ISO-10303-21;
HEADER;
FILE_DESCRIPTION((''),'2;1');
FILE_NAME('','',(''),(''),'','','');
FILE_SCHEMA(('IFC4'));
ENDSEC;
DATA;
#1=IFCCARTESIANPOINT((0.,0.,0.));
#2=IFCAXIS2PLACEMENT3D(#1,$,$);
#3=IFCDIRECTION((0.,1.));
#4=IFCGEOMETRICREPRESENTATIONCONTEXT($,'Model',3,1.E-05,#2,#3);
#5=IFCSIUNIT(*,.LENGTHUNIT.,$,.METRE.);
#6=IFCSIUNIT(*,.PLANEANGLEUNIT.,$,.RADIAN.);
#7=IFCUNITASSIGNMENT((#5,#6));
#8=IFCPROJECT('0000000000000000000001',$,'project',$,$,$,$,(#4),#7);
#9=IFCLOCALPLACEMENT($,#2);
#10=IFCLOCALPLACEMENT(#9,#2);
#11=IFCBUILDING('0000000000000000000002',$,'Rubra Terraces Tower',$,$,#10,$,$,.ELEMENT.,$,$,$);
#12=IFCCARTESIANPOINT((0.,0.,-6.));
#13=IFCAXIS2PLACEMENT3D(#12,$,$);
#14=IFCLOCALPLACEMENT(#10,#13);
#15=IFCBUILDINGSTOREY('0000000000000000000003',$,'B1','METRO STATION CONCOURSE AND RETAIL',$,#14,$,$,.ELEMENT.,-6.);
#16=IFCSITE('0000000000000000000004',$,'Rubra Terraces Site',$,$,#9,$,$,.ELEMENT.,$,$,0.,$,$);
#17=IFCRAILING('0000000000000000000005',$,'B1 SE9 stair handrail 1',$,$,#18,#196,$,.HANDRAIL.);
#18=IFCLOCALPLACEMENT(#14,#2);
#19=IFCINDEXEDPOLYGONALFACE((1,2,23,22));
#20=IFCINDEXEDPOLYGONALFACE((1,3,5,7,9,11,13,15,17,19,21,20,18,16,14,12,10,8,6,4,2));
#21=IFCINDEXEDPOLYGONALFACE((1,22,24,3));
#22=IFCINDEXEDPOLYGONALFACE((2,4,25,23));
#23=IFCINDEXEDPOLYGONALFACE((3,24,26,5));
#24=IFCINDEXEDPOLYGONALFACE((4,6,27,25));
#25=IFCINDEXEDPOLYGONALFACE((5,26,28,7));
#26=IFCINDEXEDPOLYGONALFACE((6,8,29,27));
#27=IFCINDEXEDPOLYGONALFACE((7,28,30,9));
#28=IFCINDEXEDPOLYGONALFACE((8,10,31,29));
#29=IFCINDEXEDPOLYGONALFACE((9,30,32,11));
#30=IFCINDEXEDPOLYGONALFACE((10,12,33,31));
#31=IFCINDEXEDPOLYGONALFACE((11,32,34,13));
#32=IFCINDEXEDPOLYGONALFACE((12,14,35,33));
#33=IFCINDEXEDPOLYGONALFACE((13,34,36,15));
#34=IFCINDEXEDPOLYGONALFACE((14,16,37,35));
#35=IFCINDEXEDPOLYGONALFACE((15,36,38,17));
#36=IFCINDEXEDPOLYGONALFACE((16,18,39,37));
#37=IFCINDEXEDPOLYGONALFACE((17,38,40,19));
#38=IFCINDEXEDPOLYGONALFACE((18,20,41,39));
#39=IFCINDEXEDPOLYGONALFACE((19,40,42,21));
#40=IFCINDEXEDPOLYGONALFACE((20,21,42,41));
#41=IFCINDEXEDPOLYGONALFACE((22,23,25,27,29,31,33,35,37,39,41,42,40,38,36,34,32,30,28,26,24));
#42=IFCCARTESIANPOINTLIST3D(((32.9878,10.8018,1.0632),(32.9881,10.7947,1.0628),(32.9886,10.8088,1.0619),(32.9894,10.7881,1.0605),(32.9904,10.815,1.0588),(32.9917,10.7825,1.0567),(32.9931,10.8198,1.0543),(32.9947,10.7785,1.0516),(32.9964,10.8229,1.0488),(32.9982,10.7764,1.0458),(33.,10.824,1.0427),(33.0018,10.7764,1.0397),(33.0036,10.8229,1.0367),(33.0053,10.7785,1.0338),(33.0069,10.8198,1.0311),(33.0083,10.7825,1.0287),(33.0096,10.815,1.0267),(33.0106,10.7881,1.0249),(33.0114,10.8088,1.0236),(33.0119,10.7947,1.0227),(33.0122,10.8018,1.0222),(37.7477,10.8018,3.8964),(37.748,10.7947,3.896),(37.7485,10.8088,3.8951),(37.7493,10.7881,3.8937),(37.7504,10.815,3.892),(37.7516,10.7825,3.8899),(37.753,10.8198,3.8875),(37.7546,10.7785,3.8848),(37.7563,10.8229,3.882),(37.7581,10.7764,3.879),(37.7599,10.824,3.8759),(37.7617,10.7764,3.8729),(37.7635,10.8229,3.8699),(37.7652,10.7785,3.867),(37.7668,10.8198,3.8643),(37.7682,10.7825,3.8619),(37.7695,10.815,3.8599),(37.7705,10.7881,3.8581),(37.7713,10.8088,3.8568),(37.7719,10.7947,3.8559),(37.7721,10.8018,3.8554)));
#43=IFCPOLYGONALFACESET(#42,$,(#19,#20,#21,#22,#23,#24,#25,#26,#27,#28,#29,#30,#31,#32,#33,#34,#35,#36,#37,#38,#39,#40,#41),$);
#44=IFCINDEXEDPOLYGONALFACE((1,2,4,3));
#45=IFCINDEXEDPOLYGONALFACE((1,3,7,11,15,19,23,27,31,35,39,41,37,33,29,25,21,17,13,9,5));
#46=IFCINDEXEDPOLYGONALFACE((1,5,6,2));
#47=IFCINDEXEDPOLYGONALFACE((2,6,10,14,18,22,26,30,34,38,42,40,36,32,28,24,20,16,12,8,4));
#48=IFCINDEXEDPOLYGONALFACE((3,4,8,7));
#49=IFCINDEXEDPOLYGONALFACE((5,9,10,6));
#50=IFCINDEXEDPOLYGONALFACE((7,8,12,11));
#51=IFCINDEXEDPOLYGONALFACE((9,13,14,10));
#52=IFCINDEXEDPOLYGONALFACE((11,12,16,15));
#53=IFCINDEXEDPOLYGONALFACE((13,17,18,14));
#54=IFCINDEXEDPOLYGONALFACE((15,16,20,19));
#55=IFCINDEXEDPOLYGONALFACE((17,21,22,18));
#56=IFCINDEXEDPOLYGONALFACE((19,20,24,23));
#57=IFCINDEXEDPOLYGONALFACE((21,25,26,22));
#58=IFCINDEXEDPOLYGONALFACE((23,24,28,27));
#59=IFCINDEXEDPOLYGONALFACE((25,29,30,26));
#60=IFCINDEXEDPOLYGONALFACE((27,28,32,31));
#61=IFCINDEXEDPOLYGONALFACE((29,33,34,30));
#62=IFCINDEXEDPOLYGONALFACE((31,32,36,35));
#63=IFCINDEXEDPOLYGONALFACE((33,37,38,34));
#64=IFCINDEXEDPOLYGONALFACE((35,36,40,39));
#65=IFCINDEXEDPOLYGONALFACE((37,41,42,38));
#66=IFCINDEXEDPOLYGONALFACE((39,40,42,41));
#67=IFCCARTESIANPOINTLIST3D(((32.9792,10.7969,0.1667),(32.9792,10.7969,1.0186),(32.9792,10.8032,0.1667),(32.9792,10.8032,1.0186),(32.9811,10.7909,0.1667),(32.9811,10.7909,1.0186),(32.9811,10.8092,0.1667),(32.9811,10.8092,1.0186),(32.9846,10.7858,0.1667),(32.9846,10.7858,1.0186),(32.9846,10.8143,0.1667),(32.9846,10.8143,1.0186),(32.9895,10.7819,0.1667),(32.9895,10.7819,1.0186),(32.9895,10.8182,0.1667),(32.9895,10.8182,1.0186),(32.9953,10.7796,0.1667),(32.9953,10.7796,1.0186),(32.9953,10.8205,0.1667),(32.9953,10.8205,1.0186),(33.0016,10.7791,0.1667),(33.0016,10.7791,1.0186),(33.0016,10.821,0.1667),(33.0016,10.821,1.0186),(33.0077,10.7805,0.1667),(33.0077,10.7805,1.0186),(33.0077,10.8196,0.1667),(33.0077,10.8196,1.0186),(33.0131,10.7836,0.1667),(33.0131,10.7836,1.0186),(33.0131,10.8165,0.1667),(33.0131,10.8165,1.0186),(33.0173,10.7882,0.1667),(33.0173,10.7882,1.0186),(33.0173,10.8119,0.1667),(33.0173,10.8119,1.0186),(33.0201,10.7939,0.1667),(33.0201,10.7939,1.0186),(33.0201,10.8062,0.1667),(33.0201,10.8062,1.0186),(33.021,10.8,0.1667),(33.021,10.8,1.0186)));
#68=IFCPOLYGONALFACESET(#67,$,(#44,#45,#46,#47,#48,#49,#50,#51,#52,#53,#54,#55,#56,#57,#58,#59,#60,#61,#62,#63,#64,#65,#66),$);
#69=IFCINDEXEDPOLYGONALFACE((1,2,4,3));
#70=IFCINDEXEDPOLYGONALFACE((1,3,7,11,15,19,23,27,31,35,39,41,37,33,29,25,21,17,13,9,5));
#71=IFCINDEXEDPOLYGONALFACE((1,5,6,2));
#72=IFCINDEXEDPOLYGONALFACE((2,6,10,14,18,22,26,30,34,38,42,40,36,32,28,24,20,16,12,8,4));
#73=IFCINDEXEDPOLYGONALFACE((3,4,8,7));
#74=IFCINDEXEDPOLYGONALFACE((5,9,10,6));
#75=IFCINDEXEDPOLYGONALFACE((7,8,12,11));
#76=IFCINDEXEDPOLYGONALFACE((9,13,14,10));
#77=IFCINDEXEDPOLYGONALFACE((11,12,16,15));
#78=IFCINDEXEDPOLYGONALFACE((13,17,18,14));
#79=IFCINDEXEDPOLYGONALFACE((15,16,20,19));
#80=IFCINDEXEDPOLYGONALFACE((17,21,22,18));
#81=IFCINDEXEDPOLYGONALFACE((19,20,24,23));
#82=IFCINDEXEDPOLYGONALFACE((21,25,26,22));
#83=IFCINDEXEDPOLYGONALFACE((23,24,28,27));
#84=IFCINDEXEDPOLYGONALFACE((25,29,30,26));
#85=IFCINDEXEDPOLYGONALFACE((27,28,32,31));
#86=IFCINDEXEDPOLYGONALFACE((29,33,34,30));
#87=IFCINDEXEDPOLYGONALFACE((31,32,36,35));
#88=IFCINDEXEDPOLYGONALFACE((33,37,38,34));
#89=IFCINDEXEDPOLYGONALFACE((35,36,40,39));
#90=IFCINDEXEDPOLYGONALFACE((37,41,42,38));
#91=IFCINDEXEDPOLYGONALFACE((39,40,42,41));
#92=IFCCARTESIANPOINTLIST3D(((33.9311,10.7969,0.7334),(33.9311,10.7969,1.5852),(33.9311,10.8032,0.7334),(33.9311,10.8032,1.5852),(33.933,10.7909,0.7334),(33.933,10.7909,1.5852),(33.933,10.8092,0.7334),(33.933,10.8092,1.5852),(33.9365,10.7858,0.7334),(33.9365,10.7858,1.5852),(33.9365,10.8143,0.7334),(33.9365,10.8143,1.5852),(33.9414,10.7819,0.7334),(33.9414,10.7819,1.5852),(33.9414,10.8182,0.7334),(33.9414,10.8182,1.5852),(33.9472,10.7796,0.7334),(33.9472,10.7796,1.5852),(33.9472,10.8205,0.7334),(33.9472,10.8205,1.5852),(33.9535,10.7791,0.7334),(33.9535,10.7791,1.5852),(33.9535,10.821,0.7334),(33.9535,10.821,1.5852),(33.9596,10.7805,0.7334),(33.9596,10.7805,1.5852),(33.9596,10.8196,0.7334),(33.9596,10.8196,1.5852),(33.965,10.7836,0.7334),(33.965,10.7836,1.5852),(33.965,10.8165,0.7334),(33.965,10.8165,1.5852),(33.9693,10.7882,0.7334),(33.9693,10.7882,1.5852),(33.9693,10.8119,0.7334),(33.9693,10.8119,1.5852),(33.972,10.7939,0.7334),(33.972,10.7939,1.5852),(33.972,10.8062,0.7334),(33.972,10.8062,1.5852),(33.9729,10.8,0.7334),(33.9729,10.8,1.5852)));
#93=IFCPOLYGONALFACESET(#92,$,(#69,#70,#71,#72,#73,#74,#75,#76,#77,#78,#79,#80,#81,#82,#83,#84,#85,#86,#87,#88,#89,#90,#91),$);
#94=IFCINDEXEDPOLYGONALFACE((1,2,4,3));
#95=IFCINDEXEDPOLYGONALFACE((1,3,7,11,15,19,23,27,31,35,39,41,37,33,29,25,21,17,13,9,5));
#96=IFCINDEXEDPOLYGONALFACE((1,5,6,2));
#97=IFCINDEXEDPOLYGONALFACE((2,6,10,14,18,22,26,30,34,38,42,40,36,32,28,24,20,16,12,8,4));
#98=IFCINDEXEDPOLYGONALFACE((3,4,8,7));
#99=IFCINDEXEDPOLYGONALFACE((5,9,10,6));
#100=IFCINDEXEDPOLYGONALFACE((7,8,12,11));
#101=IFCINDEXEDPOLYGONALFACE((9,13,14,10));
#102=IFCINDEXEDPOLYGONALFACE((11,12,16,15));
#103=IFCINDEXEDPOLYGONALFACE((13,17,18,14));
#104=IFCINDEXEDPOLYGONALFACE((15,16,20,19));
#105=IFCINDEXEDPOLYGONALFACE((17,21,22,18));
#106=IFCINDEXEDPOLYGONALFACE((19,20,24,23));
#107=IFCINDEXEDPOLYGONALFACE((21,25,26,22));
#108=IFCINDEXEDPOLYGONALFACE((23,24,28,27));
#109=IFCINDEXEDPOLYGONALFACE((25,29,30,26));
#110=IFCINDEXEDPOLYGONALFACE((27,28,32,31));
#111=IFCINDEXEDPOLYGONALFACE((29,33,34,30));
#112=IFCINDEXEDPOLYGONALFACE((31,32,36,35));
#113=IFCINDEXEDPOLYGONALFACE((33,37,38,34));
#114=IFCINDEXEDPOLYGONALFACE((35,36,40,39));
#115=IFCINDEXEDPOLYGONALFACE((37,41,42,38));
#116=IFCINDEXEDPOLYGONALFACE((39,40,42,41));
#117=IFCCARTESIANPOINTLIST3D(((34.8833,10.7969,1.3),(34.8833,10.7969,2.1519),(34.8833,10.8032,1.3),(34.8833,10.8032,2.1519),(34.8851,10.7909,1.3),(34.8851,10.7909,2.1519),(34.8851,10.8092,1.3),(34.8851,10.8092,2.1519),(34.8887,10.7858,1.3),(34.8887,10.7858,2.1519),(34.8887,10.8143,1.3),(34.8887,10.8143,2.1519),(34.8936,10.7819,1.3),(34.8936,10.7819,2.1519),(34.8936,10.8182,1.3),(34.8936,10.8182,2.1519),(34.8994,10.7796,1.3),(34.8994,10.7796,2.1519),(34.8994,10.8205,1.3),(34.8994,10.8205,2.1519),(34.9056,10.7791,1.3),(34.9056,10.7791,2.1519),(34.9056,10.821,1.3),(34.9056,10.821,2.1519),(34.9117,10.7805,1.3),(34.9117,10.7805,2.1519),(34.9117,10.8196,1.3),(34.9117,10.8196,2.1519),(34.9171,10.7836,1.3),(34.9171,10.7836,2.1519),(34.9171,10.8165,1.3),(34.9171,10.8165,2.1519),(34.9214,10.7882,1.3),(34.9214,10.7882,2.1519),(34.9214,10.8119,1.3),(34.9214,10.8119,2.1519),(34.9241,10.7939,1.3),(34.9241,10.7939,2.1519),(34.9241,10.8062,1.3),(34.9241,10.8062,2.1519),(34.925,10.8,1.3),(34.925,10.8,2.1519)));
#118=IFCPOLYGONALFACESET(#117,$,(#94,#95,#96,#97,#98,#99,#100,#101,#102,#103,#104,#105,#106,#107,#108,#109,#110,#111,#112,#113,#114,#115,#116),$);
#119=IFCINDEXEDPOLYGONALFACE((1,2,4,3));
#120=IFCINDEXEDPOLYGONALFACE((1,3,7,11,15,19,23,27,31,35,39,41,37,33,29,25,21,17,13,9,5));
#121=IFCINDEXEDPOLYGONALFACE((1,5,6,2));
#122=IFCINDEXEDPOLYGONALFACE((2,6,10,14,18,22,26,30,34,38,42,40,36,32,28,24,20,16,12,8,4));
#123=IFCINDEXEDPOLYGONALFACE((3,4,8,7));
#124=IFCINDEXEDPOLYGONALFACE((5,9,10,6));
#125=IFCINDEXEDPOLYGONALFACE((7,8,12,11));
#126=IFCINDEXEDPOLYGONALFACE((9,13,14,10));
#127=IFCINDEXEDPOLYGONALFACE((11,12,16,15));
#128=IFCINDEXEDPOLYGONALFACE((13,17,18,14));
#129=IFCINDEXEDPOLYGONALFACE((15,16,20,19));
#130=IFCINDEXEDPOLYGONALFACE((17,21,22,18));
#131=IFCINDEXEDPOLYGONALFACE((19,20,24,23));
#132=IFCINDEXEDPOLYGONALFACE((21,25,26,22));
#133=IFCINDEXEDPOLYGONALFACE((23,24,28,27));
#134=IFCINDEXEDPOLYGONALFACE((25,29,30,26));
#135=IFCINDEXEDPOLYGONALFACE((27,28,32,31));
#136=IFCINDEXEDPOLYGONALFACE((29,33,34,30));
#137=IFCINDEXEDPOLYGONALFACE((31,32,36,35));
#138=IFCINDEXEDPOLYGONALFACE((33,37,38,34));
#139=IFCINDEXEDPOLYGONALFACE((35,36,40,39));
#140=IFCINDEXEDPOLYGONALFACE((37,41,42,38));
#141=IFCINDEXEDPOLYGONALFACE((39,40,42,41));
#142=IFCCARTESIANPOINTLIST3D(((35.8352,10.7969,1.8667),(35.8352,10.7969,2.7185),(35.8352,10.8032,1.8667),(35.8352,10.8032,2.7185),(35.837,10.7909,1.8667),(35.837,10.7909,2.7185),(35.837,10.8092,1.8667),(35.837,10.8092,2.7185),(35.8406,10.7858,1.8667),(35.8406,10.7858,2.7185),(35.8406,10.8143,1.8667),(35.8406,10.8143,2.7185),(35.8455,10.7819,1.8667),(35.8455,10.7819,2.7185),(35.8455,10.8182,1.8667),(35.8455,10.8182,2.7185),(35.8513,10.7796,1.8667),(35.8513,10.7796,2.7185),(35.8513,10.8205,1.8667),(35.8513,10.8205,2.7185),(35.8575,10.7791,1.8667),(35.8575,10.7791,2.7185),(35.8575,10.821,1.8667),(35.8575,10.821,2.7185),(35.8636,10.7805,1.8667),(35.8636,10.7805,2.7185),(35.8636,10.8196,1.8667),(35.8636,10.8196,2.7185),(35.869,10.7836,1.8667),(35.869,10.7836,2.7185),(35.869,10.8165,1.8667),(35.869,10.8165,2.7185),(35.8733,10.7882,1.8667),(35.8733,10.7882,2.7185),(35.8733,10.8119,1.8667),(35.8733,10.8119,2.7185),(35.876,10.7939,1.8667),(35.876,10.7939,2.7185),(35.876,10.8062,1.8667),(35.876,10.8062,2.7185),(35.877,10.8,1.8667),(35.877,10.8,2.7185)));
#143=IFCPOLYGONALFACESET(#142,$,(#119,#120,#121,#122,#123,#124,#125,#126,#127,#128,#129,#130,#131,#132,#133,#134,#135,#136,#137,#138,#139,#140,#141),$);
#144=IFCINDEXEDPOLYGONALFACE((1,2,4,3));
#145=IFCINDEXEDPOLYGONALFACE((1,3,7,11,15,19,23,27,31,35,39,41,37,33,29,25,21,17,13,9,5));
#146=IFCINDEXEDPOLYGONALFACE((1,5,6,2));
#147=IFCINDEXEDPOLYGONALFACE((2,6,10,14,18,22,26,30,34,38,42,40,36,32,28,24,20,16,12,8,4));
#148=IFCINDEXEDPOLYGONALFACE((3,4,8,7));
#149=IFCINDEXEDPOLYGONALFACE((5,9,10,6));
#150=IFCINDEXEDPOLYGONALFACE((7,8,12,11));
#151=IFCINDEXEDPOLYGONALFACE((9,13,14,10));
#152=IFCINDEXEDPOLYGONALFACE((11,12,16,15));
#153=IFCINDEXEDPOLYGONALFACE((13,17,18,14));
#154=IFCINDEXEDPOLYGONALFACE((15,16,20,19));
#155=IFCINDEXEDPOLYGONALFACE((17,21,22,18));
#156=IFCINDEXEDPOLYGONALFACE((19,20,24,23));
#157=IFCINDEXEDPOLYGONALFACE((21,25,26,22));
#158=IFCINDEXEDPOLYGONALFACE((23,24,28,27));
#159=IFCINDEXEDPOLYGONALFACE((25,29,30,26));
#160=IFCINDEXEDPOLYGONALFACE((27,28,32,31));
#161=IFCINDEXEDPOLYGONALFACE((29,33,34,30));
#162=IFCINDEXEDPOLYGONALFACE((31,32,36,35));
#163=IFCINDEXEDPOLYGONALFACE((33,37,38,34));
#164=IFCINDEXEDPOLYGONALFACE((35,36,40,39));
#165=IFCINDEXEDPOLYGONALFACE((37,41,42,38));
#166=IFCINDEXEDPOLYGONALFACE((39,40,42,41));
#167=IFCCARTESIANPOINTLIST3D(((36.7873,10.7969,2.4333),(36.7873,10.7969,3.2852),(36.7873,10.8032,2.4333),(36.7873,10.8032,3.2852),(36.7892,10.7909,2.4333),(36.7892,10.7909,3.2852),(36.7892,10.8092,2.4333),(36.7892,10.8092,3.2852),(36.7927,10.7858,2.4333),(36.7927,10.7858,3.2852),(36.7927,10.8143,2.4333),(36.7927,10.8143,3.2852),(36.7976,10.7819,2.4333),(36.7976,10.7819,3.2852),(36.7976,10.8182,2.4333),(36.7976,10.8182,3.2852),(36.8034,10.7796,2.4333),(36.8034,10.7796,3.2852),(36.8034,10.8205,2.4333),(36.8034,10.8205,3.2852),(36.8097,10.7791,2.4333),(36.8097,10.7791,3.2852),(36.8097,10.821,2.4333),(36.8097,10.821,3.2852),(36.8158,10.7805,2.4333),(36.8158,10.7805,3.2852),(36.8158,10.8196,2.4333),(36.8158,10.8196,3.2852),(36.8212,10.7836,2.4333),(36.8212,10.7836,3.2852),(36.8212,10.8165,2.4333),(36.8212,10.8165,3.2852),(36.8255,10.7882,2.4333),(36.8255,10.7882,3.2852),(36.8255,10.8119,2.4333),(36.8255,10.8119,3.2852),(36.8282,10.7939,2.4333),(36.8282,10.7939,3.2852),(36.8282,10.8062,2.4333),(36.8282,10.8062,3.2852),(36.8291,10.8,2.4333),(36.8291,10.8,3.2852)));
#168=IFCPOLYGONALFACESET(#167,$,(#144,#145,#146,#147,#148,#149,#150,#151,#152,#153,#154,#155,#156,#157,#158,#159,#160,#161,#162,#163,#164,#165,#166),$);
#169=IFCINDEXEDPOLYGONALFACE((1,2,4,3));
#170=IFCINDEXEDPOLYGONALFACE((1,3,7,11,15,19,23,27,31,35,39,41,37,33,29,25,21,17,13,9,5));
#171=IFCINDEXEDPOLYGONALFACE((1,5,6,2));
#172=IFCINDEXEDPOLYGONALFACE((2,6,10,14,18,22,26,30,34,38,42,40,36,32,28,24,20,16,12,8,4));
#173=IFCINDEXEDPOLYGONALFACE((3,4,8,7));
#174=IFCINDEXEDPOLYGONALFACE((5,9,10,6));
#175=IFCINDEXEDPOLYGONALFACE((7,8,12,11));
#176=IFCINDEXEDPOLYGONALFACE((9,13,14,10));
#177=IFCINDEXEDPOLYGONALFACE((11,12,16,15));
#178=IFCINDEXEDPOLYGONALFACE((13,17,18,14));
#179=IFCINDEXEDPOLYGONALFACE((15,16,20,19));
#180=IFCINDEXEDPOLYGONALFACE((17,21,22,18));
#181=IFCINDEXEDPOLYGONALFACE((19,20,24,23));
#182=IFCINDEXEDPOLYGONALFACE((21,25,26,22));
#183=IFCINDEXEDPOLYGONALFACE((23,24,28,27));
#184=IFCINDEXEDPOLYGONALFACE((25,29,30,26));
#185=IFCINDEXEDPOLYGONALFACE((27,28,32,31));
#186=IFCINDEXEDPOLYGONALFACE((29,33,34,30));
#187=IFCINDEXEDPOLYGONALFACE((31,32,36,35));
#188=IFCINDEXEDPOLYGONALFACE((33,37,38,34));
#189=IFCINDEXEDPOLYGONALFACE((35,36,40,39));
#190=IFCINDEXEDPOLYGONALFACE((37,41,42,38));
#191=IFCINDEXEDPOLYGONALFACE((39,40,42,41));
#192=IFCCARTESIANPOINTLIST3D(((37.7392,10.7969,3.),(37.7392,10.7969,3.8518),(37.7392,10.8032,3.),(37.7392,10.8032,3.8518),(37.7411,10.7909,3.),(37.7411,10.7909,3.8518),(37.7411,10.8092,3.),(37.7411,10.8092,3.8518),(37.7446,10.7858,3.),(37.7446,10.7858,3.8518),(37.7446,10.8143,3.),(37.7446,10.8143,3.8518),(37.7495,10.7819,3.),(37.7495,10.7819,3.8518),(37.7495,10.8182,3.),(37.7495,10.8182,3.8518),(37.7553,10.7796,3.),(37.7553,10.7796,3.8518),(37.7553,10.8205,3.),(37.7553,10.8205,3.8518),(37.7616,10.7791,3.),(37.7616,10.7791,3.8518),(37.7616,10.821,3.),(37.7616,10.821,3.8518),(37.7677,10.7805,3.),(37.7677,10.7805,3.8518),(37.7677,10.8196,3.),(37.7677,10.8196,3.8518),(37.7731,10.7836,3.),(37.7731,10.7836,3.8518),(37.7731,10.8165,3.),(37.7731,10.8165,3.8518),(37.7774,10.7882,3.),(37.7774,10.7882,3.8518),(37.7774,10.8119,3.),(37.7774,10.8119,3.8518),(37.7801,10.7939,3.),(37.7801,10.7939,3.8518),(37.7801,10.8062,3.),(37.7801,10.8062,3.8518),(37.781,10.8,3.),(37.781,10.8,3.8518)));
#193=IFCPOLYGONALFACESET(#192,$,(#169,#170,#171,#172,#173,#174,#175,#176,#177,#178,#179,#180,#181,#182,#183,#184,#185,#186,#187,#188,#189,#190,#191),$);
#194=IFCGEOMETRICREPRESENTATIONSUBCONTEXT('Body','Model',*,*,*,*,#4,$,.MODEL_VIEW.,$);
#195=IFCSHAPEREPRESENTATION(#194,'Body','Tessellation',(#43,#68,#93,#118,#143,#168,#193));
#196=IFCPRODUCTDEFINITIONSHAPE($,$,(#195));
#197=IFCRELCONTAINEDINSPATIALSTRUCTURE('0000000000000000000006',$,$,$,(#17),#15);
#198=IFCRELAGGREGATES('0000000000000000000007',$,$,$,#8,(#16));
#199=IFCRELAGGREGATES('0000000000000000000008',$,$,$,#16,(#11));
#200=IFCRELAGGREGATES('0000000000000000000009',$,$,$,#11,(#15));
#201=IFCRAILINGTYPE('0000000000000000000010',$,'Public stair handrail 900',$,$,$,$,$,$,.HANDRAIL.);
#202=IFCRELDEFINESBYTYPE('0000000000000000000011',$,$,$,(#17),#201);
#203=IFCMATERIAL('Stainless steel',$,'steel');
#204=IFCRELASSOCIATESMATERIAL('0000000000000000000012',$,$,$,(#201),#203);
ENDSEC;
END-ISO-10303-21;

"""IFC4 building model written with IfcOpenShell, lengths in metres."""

from ifc_helpers import new_model, si_unit, direction, frame, origin, origin_2d, place, context, subcontext, project, spatial, circle, extrude, material, type_object, element, save


model = new_model("IFC4")

# Units and contexts
model_context = context("Model", 3, precision=1e-05, world=origin(), true_north=direction((0.0, 1.0)))
body_context = subcontext(model_context, "Body", "Model", "MODEL_VIEW")
ifc_project = project(units=[si_unit("LENGTHUNIT", "METRE"), si_unit("PLANEANGLEUNIT", "RADIAN")], contexts=[model_context])

# Site, building, storey
site_placement = place(None, origin())
site = spatial("IfcSite", under=ifc_project, at=site_placement, Name="Rubra Terraces Site", CompositionType="ELEMENT", RefElevation=0.0)
building_placement = place(site_placement, origin())
building = spatial("IfcBuilding", under=site, at=building_placement, Name="Rubra Terraces Tower", CompositionType="ELEMENT")
storey_placement = place(building_placement, frame((0.0, 0.0, -6.0)))
storey = spatial("IfcBuildingStorey", under=building, at=storey_placement, Name="B1", Description="METRO STATION CONCOURSE AND RETAIL", CompositionType="ELEMENT", Elevation=-6.0)

# Railing
ifc_material_1 = material(Name="Stainless steel", Category="steel")
railing_type_1 = type_object("IfcRailingType", Name="Public stair handrail 900", PredefinedType="HANDRAIL", material=ifc_material_1)
railing_1_placement = place(storey_placement, frame((33.0, 10.8, 0.1667)))
element("IfcRailing", 1, at=railing_1_placement, inside=storey, type_object=railing_type_1, Name="B1 SE9 stair handrail 1", PredefinedType="HANDRAIL", context=body_context, shape_type="SweptSolid", body=[
    extrude(circle(Radius=0.0239, at=origin_2d()), frame((0.0, 0.0, 0.876), z_axis=(0.8593, 0.0, 0.511472), x_axis=(0.0, 1.0, 0.0)), (0.0, 0.0, 1.0), 5.5393),
    extrude(circle(Radius=0.021, at=origin_2d()), origin(), (0.0, 0.0, 1.0), 0.8518),
    extrude(circle(Radius=0.021, at=origin_2d()), frame((0.9519, 0.0, 0.5667)), (0.0, 0.0, 1.0), 0.8518),
    extrude(circle(Radius=0.021, at=origin_2d()), frame((1.9041, 0.0, 1.1333)), (0.0, 0.0, 1.0), 0.8518),
    extrude(circle(Radius=0.021, at=origin_2d()), frame((2.856, 0.0, 1.7)), (0.0, 0.0, 1.0), 0.8518),
    extrude(circle(Radius=0.021, at=origin_2d()), frame((3.8081, 0.0, 2.2666)), (0.0, 0.0, 1.0), 0.8518),
    extrude(circle(Radius=0.021, at=origin_2d()), frame((4.76, 0.0, 2.8333)), (0.0, 0.0, 1.0), 0.8518),
])

save(model, "model.ifc")
